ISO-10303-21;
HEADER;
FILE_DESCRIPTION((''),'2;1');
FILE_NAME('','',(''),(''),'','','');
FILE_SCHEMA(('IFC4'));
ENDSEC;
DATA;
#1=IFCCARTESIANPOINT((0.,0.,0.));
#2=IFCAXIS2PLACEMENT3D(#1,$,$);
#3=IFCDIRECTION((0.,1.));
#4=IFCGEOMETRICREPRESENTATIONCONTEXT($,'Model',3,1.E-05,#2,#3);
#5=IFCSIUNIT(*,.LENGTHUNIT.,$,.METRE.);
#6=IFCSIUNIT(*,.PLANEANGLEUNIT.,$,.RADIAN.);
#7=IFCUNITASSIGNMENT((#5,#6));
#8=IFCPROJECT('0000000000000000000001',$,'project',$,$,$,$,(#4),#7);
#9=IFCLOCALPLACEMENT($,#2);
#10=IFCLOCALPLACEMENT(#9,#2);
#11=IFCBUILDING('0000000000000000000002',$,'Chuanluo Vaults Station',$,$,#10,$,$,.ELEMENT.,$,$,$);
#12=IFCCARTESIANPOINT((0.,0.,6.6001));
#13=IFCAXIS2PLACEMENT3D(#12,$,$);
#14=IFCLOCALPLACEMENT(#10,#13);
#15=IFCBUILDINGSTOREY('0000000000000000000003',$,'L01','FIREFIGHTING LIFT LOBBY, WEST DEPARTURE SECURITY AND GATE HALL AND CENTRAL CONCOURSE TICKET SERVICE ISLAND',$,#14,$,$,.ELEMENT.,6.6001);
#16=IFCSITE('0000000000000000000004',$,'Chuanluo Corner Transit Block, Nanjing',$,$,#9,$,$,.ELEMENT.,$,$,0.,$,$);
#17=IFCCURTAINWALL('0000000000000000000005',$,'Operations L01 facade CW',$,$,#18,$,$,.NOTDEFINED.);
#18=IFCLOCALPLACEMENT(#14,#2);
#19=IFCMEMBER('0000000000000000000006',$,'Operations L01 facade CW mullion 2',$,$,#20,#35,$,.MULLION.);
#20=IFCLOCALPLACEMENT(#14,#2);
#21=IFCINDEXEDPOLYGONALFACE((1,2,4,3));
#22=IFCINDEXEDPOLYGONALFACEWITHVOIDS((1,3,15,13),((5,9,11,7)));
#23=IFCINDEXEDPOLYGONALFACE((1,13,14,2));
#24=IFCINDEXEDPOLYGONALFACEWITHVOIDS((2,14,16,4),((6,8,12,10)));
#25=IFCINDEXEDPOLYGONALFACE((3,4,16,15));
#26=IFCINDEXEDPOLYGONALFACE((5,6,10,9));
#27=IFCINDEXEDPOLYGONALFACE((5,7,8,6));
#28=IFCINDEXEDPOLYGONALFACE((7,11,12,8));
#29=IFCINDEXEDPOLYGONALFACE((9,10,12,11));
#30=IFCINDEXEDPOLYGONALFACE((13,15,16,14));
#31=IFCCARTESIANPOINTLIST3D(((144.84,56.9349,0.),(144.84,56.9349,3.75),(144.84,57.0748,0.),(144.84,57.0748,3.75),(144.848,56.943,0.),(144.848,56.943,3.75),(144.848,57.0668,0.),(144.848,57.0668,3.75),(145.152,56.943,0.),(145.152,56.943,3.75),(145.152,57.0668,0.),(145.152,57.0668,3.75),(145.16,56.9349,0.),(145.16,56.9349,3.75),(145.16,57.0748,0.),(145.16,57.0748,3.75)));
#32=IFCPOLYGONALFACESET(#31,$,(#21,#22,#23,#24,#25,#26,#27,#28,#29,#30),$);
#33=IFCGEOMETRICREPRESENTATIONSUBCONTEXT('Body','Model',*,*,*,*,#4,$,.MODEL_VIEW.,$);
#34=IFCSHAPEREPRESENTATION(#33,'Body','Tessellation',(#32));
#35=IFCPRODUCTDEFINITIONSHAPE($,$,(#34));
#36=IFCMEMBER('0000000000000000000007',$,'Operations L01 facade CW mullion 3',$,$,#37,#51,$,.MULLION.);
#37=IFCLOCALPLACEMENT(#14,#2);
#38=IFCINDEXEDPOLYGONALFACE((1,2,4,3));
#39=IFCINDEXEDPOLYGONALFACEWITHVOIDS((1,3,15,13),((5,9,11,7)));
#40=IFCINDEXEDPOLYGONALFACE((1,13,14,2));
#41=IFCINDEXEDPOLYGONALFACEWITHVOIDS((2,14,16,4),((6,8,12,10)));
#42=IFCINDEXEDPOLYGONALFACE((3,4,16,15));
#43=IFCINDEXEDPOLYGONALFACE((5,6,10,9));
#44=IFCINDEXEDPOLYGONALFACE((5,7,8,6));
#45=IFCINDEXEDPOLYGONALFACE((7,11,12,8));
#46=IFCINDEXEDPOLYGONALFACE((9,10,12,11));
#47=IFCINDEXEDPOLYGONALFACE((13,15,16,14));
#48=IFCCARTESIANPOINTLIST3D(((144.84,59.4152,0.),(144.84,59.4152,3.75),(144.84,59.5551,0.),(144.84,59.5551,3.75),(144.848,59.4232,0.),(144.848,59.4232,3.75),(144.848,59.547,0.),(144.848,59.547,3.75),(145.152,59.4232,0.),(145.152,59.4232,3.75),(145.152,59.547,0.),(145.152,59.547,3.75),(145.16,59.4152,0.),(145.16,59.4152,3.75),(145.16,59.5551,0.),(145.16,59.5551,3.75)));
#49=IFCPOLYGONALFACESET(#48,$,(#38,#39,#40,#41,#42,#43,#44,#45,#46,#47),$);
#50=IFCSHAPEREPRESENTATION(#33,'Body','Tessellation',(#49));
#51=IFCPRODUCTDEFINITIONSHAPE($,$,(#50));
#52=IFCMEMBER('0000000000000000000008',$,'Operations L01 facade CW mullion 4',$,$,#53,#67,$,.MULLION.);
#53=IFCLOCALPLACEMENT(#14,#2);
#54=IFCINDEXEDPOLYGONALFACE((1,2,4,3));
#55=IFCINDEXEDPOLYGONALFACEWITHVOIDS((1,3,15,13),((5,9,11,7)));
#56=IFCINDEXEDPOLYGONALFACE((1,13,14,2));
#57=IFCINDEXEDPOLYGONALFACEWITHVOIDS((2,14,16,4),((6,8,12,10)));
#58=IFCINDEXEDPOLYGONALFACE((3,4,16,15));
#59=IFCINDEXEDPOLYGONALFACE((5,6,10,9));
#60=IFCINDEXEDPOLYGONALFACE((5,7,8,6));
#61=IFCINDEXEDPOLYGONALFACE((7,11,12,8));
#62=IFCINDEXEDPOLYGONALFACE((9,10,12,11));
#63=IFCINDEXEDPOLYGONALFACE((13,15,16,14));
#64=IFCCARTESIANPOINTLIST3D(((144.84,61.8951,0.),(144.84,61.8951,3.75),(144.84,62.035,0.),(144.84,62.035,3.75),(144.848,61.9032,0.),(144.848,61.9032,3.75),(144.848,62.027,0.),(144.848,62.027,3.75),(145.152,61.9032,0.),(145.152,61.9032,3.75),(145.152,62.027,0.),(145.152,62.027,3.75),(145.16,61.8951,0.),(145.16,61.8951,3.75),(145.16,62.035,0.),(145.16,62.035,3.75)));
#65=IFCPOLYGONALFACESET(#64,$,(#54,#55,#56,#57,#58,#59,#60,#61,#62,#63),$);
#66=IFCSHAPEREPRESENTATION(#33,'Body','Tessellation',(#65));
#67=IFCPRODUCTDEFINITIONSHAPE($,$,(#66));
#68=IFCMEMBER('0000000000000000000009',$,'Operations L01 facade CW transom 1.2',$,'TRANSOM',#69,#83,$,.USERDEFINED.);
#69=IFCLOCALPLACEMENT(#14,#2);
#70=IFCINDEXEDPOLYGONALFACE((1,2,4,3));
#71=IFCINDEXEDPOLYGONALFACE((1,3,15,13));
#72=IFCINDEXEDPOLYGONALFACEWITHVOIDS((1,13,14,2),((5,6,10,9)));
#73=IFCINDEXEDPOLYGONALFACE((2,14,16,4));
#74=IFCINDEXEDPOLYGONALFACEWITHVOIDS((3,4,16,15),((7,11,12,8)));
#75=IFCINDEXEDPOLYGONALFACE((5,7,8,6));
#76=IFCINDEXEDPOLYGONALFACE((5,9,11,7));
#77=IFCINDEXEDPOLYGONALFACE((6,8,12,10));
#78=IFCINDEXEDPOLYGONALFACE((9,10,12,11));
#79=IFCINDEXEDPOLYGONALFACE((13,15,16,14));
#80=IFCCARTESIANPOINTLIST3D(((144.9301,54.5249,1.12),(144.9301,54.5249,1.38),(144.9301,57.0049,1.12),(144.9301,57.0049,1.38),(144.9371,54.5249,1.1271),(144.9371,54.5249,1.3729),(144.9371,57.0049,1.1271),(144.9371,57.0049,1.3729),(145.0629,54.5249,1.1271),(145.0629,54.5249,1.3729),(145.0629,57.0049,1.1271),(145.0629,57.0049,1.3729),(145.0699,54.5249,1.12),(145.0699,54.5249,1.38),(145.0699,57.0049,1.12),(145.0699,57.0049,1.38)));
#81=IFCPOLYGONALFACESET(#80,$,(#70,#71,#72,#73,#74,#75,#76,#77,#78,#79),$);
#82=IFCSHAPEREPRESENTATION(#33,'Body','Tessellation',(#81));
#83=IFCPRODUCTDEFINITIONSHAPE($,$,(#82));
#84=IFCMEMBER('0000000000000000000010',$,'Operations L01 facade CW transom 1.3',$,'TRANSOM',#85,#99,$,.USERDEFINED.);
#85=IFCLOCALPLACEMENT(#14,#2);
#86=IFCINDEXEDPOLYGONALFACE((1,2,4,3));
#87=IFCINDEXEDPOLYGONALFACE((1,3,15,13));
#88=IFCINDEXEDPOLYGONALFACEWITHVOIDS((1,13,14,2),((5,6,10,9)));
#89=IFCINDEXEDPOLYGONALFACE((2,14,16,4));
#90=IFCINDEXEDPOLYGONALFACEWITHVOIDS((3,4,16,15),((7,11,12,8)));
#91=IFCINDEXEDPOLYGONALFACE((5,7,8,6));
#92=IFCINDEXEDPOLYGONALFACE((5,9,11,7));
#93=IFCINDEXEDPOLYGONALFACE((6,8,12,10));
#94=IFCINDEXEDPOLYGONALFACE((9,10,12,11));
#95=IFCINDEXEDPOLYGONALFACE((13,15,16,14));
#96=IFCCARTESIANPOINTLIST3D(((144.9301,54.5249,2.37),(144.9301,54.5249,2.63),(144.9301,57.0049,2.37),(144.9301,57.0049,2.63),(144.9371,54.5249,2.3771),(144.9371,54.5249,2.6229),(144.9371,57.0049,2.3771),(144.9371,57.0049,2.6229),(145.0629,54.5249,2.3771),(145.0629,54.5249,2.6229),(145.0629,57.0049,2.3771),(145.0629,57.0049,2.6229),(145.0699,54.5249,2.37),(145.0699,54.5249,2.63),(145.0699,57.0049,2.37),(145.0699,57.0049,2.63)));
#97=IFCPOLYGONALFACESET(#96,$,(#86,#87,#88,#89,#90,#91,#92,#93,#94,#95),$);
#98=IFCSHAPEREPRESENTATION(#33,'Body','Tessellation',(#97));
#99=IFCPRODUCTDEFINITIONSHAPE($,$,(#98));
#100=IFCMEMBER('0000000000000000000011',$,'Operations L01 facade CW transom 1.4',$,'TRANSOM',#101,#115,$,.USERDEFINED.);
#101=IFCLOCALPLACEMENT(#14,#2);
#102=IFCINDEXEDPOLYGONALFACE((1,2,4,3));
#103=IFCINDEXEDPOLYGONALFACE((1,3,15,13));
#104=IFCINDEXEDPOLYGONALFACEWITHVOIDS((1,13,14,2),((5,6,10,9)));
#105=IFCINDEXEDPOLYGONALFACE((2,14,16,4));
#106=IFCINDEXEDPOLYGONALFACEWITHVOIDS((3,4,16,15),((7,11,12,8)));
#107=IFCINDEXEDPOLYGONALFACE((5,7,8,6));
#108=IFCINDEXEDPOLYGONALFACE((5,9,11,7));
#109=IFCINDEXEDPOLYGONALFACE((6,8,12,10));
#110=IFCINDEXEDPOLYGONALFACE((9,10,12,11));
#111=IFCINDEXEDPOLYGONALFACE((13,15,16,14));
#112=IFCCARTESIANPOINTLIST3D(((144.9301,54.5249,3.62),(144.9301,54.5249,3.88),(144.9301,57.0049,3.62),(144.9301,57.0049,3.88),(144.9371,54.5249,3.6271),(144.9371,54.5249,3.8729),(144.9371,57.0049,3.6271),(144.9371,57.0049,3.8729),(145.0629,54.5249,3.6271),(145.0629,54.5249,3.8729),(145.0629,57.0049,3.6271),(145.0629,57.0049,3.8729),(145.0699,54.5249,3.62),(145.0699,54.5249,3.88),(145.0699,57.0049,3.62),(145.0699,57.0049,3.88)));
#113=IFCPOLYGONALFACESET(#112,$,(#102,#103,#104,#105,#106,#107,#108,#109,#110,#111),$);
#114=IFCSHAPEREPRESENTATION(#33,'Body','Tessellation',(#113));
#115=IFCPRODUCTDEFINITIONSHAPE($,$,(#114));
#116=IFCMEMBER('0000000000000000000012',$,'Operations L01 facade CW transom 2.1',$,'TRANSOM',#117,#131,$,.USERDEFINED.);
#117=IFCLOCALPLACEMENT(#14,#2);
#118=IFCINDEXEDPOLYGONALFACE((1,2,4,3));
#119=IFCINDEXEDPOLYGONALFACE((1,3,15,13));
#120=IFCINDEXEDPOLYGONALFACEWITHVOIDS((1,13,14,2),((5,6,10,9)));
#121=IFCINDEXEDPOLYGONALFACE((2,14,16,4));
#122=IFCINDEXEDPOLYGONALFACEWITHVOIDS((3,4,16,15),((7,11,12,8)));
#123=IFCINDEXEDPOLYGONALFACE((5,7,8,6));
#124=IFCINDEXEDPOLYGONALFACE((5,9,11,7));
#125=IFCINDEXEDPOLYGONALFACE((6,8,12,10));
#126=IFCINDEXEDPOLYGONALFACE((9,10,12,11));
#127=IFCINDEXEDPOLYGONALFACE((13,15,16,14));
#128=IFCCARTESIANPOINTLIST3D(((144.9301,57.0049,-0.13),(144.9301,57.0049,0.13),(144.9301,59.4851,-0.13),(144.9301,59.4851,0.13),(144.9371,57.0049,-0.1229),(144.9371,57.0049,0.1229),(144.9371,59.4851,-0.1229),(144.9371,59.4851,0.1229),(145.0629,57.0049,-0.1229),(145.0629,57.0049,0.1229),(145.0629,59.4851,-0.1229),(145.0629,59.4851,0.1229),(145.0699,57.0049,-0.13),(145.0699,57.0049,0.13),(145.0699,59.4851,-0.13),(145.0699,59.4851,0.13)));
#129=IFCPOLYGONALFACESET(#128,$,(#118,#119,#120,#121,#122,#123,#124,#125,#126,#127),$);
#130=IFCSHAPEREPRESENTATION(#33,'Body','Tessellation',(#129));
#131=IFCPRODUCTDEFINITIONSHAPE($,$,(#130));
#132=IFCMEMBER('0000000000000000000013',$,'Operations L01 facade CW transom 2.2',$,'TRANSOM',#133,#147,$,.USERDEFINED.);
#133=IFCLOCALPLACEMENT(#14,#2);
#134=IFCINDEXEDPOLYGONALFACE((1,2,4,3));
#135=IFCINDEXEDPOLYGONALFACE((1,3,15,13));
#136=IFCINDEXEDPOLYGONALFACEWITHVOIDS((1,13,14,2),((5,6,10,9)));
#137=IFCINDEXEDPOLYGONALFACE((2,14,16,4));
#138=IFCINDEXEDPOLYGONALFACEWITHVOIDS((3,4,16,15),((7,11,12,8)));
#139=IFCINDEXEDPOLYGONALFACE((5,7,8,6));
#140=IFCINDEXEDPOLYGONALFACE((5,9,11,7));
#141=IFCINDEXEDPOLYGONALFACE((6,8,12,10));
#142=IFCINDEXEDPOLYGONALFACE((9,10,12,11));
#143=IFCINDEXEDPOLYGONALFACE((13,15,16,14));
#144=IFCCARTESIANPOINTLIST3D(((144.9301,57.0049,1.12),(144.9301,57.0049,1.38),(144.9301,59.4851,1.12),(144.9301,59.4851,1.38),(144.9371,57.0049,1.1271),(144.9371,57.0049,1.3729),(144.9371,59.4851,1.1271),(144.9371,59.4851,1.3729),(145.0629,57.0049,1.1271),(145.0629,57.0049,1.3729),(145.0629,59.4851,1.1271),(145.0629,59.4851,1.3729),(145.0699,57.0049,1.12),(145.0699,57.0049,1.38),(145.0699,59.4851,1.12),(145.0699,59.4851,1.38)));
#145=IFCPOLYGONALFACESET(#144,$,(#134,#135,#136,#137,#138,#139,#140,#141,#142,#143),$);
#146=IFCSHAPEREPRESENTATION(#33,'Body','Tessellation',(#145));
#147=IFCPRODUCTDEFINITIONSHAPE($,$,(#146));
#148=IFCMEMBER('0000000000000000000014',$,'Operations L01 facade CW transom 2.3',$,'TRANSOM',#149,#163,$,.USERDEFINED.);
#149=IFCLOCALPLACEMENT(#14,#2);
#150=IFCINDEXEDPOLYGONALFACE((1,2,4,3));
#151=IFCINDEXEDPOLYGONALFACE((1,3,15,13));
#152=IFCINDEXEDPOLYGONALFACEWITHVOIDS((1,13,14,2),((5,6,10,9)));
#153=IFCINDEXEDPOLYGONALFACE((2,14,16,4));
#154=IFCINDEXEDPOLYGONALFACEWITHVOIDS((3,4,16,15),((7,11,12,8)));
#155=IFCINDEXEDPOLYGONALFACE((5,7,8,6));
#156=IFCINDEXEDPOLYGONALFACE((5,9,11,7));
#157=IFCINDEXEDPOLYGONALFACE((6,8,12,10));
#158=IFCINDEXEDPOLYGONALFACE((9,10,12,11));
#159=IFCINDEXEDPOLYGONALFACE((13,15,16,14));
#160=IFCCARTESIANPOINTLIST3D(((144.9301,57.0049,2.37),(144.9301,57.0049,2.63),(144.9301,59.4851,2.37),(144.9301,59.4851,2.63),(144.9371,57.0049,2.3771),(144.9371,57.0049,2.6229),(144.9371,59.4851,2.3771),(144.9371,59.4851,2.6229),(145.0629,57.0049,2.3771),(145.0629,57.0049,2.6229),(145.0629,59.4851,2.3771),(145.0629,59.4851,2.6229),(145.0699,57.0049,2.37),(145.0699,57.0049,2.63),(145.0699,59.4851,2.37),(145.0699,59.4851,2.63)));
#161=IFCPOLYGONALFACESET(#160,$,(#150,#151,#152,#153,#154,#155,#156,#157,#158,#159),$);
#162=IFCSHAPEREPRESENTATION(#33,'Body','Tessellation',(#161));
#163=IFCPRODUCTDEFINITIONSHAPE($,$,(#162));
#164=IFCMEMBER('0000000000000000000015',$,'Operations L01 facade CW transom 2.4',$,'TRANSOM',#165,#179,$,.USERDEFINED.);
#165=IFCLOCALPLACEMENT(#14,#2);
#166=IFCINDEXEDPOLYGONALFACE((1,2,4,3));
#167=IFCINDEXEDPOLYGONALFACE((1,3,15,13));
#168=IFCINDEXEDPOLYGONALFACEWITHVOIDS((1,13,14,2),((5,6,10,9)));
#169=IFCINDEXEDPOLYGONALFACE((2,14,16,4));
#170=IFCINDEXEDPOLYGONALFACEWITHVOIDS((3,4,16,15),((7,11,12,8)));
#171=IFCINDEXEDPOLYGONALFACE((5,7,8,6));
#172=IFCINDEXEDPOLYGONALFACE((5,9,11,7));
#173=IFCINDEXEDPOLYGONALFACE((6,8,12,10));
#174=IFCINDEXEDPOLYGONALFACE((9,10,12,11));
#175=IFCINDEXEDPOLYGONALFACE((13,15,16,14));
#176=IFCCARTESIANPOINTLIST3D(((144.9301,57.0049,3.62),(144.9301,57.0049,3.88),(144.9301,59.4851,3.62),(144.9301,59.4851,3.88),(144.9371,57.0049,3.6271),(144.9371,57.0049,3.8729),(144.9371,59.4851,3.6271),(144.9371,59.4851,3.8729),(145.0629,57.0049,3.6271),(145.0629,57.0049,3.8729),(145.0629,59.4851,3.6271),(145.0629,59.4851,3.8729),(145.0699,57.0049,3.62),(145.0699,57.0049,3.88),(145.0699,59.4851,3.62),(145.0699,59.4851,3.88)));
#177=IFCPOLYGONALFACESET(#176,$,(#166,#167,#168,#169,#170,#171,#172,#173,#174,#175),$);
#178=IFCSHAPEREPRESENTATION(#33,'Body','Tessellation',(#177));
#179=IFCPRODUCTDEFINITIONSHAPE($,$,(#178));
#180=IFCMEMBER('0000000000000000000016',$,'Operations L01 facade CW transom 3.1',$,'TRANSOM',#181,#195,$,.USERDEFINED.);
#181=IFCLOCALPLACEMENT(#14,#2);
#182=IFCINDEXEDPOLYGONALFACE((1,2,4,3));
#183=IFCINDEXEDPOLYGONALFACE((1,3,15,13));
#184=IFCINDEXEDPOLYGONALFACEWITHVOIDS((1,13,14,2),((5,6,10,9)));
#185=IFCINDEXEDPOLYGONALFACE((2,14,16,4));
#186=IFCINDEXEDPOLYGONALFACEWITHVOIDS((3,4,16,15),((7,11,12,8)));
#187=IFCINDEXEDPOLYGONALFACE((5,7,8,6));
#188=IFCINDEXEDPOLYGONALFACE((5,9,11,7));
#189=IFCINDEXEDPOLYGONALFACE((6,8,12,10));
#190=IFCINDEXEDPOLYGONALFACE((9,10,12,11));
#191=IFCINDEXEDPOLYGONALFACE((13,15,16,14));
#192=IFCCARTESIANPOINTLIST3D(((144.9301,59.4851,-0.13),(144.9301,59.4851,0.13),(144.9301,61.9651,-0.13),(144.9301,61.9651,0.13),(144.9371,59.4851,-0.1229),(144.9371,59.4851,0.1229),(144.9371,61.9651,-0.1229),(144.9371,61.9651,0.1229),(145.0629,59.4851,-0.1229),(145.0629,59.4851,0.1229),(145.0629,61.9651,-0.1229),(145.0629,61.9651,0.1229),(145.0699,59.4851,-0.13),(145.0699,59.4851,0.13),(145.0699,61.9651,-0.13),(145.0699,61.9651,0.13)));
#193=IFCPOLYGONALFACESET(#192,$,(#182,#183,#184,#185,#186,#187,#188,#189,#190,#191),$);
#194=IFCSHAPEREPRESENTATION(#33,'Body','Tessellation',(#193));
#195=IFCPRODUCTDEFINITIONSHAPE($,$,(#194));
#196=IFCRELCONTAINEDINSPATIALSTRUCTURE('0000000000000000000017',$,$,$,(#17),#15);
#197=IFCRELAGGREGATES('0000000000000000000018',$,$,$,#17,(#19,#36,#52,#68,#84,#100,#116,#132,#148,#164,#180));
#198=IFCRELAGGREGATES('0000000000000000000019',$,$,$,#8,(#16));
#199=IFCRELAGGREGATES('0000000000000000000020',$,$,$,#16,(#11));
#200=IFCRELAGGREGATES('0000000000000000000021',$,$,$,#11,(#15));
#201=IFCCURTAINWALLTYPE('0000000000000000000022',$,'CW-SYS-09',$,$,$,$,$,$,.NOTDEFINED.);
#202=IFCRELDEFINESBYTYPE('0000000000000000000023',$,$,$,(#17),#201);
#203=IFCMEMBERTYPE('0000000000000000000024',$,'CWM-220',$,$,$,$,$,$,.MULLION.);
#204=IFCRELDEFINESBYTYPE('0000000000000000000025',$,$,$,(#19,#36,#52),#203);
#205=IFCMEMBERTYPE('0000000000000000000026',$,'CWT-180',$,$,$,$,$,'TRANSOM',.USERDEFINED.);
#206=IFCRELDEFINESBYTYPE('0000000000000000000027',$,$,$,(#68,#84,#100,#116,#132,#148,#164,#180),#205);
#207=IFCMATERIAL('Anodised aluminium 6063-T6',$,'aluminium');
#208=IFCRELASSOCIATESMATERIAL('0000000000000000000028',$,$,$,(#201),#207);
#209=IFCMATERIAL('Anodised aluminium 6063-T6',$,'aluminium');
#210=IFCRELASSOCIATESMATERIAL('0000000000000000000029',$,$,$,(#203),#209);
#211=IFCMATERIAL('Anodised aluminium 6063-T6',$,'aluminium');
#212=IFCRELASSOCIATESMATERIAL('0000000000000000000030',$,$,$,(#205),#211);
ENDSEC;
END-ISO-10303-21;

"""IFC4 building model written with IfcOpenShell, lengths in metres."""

from ifc_helpers import new_model, si_unit, direction, frame, origin, origin_2d, place, context, subcontext, project, spatial, hollow_rectangle, extrude, material, material_profile, profile_set, type_object, element, aggregate, save


model = new_model("IFC4")

# Units and contexts
model_context = context("Model", 3, precision=1e-05, world=origin(), true_north=direction((0.0, 1.0)))
body_context = subcontext(model_context, "Body", "Model", "MODEL_VIEW")
ifc_project = project(units=[si_unit("LENGTHUNIT", "METRE"), si_unit("PLANEANGLEUNIT", "RADIAN")], contexts=[model_context])

# Site, building, storey
site_placement = place(None, origin())
site = spatial("IfcSite", under=ifc_project, at=site_placement, Name="Chuanluo Corner Transit Block, Nanjing", CompositionType="ELEMENT", RefElevation=0.0)
building_placement = place(site_placement, origin())
building = spatial("IfcBuilding", under=site, at=building_placement, Name="Chuanluo Vaults Station", CompositionType="ELEMENT")
storey_placement = place(building_placement, frame((0.0, 0.0, 6.6001)))
storey = spatial("IfcBuildingStorey", under=building, at=storey_placement, Name="L01", Description="FIREFIGHTING LIFT LOBBY, WEST DEPARTURE SECURITY AND GATE HALL AND CENTRAL CONCOURSE TICKET SERVICE ISLAND", CompositionType="ELEMENT", Elevation=6.6001)

# Curtain wall, members
ifc_material_1 = material(Name="Anodised aluminium 6063-T6", Category="aluminium")
curtain_wall_type = type_object("IfcCurtainWallType", Name="CW-SYS-09", PredefinedType="NOTDEFINED", material=ifc_material_1)
curtain_wall_placement = place(storey_placement, origin())
curtain_wall = element("IfcCurtainWall", 1, at=curtain_wall_placement, inside=storey, type_object=curtain_wall_type, Name="Operations L01 facade CW", PredefinedType="NOTDEFINED")
ifc_material_2 = material(Name="Anodised aluminium 6063-T6", Category="aluminium")
ifc_material_profile_1 = material_profile(ifc_material_2, hollow_rectangle(XDim=0.1399, YDim=0.3201, WallThickness=0.0081, at=origin_2d()))
ifc_profile_set_1 = profile_set([ifc_material_profile_1], Name="Anodised aluminium 6063-T6")
member_type_1 = type_object("IfcMemberType", Name="CWM-220", PredefinedType="MULLION", material=ifc_profile_set_1)
member_1_placement = place(storey_placement, frame((145.0, 57.0049, 0.0), z_axis=(0.0, 0.0, 1.0), x_axis=(0.0, 1.0, 0.0)))
member_1 = element("IfcMember", 2, at=member_1_placement, type_object=member_type_1, Name="Operations L01 facade CW mullion 2", PredefinedType="MULLION", context=body_context, shape_type="SweptSolid", body=[
    extrude(hollow_rectangle(XDim=0.1399, YDim=0.3201, WallThickness=0.0081, at=origin_2d()), origin(), (0.0, 0.0, 1.0), 3.75),
])
member_2_placement = place(storey_placement, frame((145.0, 59.4851, 0.0), z_axis=(0.0, 0.0, 1.0), x_axis=(0.0, 1.0, 0.0)))
member_2 = element("IfcMember", 3, at=member_2_placement, type_object=member_type_1, Name="Operations L01 facade CW mullion 3", PredefinedType="MULLION", context=body_context, shape_type="SweptSolid", body=[
    extrude(hollow_rectangle(XDim=0.1399, YDim=0.3201, WallThickness=0.0081, at=origin_2d()), origin(), (0.0, 0.0, 1.0), 3.75),
])
member_3_placement = place(storey_placement, frame((145.0, 61.9651, 0.0), z_axis=(0.0, 0.0, 1.0), x_axis=(0.0, 1.0, 0.0)))
member_3 = element("IfcMember", 4, at=member_3_placement, type_object=member_type_1, Name="Operations L01 facade CW mullion 4", PredefinedType="MULLION", context=body_context, shape_type="SweptSolid", body=[
    extrude(hollow_rectangle(XDim=0.1399, YDim=0.3201, WallThickness=0.0081, at=origin_2d()), origin(), (0.0, 0.0, 1.0), 3.75),
])
ifc_material_3 = material(Name="Anodised aluminium 6063-T6", Category="aluminium")
ifc_material_profile_2 = material_profile(ifc_material_3, hollow_rectangle(XDim=0.1399, YDim=0.26, WallThickness=0.0071, at=origin_2d()))
ifc_profile_set_2 = profile_set([ifc_material_profile_2], Name="Anodised aluminium 6063-T6")
member_type_2 = type_object("IfcMemberType", Name="CWT-180", ElementType="TRANSOM", PredefinedType="USERDEFINED", material=ifc_profile_set_2)
member_4_placement = place(storey_placement, frame((145.0, 54.5249, 1.25), z_axis=(0.0, 1.0, 0.0), x_axis=(-1.0, 0.0, 0.0)))
member_4 = element("IfcMember", 5, at=member_4_placement, type_object=member_type_2, Name="Operations L01 facade CW transom 1.2", ObjectType="TRANSOM", PredefinedType="USERDEFINED", context=body_context, shape_type="SweptSolid", body=[
    extrude(hollow_rectangle(XDim=0.1399, YDim=0.26, WallThickness=0.0071, at=origin_2d()), origin(), (0.0, 0.0, 1.0), 2.48),
])
member_5_placement = place(storey_placement, frame((145.0, 54.5249, 2.5), z_axis=(0.0, 1.0, 0.0), x_axis=(-1.0, 0.0, 0.0)))
member_5 = element("IfcMember", 6, at=member_5_placement, type_object=member_type_2, Name="Operations L01 facade CW transom 1.3", ObjectType="TRANSOM", PredefinedType="USERDEFINED", context=body_context, shape_type="SweptSolid", body=[
    extrude(hollow_rectangle(XDim=0.1399, YDim=0.26, WallThickness=0.0071, at=origin_2d()), origin(), (0.0, 0.0, 1.0), 2.48),
])
member_6_placement = place(storey_placement, frame((145.0, 54.5249, 3.75), z_axis=(0.0, 1.0, 0.0), x_axis=(-1.0, 0.0, 0.0)))
member_6 = element("IfcMember", 7, at=member_6_placement, type_object=member_type_2, Name="Operations L01 facade CW transom 1.4", ObjectType="TRANSOM", PredefinedType="USERDEFINED", context=body_context, shape_type="SweptSolid", body=[
    extrude(hollow_rectangle(XDim=0.1399, YDim=0.26, WallThickness=0.0071, at=origin_2d()), origin(), (0.0, 0.0, 1.0), 2.48),
])
member_7_placement = place(storey_placement, frame((145.0, 57.0049, 0.0), z_axis=(0.0, 1.0, 0.0), x_axis=(-1.0, 0.0, 0.0)))
member_7 = element("IfcMember", 8, at=member_7_placement, type_object=member_type_2, Name="Operations L01 facade CW transom 2.1", ObjectType="TRANSOM", PredefinedType="USERDEFINED", context=body_context, shape_type="SweptSolid", body=[
    extrude(hollow_rectangle(XDim=0.1399, YDim=0.26, WallThickness=0.0071, at=origin_2d()), origin(), (0.0, 0.0, 1.0), 2.4802),
])
member_8_placement = place(storey_placement, frame((145.0, 57.0049, 1.25), z_axis=(0.0, 1.0, 0.0), x_axis=(-1.0, 0.0, 0.0)))
member_8 = element("IfcMember", 9, at=member_8_placement, type_object=member_type_2, Name="Operations L01 facade CW transom 2.2", ObjectType="TRANSOM", PredefinedType="USERDEFINED", context=body_context, shape_type="SweptSolid", body=[
    extrude(hollow_rectangle(XDim=0.1399, YDim=0.26, WallThickness=0.0071, at=origin_2d()), origin(), (0.0, 0.0, 1.0), 2.4802),
])
member_9_placement = place(storey_placement, frame((145.0, 57.0049, 2.5), z_axis=(0.0, 1.0, 0.0), x_axis=(-1.0, 0.0, 0.0)))
member_9 = element("IfcMember", 10, at=member_9_placement, type_object=member_type_2, Name="Operations L01 facade CW transom 2.3", ObjectType="TRANSOM", PredefinedType="USERDEFINED", context=body_context, shape_type="SweptSolid", body=[
    extrude(hollow_rectangle(XDim=0.1399, YDim=0.26, WallThickness=0.0071, at=origin_2d()), origin(), (0.0, 0.0, 1.0), 2.4802),
])
member_10_placement = place(storey_placement, frame((145.0, 57.0049, 3.75), z_axis=(0.0, 1.0, 0.0), x_axis=(-1.0, 0.0, 0.0)))
member_10 = element("IfcMember", 11, at=member_10_placement, type_object=member_type_2, Name="Operations L01 facade CW transom 2.4", ObjectType="TRANSOM", PredefinedType="USERDEFINED", context=body_context, shape_type="SweptSolid", body=[
    extrude(hollow_rectangle(XDim=0.1399, YDim=0.26, WallThickness=0.0071, at=origin_2d()), origin(), (0.0, 0.0, 1.0), 2.4802),
])
member_11_placement = place(storey_placement, frame((145.0, 59.4851, 0.0), z_axis=(0.0, 1.0, 0.0), x_axis=(-1.0, 0.0, 0.0)))
member_11 = element("IfcMember", 12, at=member_11_placement, type_object=member_type_2, Name="Operations L01 facade CW transom 3.1", ObjectType="TRANSOM", PredefinedType="USERDEFINED", context=body_context, shape_type="SweptSolid", body=[
    extrude(hollow_rectangle(XDim=0.1399, YDim=0.26, WallThickness=0.0071, at=origin_2d()), origin(), (0.0, 0.0, 1.0), 2.48),
])
aggregate(curtain_wall, [member_1, member_2, member_3, member_4, member_5, member_6, member_7, member_8, member_9, member_10, member_11])

save(model, "model.ifc")
